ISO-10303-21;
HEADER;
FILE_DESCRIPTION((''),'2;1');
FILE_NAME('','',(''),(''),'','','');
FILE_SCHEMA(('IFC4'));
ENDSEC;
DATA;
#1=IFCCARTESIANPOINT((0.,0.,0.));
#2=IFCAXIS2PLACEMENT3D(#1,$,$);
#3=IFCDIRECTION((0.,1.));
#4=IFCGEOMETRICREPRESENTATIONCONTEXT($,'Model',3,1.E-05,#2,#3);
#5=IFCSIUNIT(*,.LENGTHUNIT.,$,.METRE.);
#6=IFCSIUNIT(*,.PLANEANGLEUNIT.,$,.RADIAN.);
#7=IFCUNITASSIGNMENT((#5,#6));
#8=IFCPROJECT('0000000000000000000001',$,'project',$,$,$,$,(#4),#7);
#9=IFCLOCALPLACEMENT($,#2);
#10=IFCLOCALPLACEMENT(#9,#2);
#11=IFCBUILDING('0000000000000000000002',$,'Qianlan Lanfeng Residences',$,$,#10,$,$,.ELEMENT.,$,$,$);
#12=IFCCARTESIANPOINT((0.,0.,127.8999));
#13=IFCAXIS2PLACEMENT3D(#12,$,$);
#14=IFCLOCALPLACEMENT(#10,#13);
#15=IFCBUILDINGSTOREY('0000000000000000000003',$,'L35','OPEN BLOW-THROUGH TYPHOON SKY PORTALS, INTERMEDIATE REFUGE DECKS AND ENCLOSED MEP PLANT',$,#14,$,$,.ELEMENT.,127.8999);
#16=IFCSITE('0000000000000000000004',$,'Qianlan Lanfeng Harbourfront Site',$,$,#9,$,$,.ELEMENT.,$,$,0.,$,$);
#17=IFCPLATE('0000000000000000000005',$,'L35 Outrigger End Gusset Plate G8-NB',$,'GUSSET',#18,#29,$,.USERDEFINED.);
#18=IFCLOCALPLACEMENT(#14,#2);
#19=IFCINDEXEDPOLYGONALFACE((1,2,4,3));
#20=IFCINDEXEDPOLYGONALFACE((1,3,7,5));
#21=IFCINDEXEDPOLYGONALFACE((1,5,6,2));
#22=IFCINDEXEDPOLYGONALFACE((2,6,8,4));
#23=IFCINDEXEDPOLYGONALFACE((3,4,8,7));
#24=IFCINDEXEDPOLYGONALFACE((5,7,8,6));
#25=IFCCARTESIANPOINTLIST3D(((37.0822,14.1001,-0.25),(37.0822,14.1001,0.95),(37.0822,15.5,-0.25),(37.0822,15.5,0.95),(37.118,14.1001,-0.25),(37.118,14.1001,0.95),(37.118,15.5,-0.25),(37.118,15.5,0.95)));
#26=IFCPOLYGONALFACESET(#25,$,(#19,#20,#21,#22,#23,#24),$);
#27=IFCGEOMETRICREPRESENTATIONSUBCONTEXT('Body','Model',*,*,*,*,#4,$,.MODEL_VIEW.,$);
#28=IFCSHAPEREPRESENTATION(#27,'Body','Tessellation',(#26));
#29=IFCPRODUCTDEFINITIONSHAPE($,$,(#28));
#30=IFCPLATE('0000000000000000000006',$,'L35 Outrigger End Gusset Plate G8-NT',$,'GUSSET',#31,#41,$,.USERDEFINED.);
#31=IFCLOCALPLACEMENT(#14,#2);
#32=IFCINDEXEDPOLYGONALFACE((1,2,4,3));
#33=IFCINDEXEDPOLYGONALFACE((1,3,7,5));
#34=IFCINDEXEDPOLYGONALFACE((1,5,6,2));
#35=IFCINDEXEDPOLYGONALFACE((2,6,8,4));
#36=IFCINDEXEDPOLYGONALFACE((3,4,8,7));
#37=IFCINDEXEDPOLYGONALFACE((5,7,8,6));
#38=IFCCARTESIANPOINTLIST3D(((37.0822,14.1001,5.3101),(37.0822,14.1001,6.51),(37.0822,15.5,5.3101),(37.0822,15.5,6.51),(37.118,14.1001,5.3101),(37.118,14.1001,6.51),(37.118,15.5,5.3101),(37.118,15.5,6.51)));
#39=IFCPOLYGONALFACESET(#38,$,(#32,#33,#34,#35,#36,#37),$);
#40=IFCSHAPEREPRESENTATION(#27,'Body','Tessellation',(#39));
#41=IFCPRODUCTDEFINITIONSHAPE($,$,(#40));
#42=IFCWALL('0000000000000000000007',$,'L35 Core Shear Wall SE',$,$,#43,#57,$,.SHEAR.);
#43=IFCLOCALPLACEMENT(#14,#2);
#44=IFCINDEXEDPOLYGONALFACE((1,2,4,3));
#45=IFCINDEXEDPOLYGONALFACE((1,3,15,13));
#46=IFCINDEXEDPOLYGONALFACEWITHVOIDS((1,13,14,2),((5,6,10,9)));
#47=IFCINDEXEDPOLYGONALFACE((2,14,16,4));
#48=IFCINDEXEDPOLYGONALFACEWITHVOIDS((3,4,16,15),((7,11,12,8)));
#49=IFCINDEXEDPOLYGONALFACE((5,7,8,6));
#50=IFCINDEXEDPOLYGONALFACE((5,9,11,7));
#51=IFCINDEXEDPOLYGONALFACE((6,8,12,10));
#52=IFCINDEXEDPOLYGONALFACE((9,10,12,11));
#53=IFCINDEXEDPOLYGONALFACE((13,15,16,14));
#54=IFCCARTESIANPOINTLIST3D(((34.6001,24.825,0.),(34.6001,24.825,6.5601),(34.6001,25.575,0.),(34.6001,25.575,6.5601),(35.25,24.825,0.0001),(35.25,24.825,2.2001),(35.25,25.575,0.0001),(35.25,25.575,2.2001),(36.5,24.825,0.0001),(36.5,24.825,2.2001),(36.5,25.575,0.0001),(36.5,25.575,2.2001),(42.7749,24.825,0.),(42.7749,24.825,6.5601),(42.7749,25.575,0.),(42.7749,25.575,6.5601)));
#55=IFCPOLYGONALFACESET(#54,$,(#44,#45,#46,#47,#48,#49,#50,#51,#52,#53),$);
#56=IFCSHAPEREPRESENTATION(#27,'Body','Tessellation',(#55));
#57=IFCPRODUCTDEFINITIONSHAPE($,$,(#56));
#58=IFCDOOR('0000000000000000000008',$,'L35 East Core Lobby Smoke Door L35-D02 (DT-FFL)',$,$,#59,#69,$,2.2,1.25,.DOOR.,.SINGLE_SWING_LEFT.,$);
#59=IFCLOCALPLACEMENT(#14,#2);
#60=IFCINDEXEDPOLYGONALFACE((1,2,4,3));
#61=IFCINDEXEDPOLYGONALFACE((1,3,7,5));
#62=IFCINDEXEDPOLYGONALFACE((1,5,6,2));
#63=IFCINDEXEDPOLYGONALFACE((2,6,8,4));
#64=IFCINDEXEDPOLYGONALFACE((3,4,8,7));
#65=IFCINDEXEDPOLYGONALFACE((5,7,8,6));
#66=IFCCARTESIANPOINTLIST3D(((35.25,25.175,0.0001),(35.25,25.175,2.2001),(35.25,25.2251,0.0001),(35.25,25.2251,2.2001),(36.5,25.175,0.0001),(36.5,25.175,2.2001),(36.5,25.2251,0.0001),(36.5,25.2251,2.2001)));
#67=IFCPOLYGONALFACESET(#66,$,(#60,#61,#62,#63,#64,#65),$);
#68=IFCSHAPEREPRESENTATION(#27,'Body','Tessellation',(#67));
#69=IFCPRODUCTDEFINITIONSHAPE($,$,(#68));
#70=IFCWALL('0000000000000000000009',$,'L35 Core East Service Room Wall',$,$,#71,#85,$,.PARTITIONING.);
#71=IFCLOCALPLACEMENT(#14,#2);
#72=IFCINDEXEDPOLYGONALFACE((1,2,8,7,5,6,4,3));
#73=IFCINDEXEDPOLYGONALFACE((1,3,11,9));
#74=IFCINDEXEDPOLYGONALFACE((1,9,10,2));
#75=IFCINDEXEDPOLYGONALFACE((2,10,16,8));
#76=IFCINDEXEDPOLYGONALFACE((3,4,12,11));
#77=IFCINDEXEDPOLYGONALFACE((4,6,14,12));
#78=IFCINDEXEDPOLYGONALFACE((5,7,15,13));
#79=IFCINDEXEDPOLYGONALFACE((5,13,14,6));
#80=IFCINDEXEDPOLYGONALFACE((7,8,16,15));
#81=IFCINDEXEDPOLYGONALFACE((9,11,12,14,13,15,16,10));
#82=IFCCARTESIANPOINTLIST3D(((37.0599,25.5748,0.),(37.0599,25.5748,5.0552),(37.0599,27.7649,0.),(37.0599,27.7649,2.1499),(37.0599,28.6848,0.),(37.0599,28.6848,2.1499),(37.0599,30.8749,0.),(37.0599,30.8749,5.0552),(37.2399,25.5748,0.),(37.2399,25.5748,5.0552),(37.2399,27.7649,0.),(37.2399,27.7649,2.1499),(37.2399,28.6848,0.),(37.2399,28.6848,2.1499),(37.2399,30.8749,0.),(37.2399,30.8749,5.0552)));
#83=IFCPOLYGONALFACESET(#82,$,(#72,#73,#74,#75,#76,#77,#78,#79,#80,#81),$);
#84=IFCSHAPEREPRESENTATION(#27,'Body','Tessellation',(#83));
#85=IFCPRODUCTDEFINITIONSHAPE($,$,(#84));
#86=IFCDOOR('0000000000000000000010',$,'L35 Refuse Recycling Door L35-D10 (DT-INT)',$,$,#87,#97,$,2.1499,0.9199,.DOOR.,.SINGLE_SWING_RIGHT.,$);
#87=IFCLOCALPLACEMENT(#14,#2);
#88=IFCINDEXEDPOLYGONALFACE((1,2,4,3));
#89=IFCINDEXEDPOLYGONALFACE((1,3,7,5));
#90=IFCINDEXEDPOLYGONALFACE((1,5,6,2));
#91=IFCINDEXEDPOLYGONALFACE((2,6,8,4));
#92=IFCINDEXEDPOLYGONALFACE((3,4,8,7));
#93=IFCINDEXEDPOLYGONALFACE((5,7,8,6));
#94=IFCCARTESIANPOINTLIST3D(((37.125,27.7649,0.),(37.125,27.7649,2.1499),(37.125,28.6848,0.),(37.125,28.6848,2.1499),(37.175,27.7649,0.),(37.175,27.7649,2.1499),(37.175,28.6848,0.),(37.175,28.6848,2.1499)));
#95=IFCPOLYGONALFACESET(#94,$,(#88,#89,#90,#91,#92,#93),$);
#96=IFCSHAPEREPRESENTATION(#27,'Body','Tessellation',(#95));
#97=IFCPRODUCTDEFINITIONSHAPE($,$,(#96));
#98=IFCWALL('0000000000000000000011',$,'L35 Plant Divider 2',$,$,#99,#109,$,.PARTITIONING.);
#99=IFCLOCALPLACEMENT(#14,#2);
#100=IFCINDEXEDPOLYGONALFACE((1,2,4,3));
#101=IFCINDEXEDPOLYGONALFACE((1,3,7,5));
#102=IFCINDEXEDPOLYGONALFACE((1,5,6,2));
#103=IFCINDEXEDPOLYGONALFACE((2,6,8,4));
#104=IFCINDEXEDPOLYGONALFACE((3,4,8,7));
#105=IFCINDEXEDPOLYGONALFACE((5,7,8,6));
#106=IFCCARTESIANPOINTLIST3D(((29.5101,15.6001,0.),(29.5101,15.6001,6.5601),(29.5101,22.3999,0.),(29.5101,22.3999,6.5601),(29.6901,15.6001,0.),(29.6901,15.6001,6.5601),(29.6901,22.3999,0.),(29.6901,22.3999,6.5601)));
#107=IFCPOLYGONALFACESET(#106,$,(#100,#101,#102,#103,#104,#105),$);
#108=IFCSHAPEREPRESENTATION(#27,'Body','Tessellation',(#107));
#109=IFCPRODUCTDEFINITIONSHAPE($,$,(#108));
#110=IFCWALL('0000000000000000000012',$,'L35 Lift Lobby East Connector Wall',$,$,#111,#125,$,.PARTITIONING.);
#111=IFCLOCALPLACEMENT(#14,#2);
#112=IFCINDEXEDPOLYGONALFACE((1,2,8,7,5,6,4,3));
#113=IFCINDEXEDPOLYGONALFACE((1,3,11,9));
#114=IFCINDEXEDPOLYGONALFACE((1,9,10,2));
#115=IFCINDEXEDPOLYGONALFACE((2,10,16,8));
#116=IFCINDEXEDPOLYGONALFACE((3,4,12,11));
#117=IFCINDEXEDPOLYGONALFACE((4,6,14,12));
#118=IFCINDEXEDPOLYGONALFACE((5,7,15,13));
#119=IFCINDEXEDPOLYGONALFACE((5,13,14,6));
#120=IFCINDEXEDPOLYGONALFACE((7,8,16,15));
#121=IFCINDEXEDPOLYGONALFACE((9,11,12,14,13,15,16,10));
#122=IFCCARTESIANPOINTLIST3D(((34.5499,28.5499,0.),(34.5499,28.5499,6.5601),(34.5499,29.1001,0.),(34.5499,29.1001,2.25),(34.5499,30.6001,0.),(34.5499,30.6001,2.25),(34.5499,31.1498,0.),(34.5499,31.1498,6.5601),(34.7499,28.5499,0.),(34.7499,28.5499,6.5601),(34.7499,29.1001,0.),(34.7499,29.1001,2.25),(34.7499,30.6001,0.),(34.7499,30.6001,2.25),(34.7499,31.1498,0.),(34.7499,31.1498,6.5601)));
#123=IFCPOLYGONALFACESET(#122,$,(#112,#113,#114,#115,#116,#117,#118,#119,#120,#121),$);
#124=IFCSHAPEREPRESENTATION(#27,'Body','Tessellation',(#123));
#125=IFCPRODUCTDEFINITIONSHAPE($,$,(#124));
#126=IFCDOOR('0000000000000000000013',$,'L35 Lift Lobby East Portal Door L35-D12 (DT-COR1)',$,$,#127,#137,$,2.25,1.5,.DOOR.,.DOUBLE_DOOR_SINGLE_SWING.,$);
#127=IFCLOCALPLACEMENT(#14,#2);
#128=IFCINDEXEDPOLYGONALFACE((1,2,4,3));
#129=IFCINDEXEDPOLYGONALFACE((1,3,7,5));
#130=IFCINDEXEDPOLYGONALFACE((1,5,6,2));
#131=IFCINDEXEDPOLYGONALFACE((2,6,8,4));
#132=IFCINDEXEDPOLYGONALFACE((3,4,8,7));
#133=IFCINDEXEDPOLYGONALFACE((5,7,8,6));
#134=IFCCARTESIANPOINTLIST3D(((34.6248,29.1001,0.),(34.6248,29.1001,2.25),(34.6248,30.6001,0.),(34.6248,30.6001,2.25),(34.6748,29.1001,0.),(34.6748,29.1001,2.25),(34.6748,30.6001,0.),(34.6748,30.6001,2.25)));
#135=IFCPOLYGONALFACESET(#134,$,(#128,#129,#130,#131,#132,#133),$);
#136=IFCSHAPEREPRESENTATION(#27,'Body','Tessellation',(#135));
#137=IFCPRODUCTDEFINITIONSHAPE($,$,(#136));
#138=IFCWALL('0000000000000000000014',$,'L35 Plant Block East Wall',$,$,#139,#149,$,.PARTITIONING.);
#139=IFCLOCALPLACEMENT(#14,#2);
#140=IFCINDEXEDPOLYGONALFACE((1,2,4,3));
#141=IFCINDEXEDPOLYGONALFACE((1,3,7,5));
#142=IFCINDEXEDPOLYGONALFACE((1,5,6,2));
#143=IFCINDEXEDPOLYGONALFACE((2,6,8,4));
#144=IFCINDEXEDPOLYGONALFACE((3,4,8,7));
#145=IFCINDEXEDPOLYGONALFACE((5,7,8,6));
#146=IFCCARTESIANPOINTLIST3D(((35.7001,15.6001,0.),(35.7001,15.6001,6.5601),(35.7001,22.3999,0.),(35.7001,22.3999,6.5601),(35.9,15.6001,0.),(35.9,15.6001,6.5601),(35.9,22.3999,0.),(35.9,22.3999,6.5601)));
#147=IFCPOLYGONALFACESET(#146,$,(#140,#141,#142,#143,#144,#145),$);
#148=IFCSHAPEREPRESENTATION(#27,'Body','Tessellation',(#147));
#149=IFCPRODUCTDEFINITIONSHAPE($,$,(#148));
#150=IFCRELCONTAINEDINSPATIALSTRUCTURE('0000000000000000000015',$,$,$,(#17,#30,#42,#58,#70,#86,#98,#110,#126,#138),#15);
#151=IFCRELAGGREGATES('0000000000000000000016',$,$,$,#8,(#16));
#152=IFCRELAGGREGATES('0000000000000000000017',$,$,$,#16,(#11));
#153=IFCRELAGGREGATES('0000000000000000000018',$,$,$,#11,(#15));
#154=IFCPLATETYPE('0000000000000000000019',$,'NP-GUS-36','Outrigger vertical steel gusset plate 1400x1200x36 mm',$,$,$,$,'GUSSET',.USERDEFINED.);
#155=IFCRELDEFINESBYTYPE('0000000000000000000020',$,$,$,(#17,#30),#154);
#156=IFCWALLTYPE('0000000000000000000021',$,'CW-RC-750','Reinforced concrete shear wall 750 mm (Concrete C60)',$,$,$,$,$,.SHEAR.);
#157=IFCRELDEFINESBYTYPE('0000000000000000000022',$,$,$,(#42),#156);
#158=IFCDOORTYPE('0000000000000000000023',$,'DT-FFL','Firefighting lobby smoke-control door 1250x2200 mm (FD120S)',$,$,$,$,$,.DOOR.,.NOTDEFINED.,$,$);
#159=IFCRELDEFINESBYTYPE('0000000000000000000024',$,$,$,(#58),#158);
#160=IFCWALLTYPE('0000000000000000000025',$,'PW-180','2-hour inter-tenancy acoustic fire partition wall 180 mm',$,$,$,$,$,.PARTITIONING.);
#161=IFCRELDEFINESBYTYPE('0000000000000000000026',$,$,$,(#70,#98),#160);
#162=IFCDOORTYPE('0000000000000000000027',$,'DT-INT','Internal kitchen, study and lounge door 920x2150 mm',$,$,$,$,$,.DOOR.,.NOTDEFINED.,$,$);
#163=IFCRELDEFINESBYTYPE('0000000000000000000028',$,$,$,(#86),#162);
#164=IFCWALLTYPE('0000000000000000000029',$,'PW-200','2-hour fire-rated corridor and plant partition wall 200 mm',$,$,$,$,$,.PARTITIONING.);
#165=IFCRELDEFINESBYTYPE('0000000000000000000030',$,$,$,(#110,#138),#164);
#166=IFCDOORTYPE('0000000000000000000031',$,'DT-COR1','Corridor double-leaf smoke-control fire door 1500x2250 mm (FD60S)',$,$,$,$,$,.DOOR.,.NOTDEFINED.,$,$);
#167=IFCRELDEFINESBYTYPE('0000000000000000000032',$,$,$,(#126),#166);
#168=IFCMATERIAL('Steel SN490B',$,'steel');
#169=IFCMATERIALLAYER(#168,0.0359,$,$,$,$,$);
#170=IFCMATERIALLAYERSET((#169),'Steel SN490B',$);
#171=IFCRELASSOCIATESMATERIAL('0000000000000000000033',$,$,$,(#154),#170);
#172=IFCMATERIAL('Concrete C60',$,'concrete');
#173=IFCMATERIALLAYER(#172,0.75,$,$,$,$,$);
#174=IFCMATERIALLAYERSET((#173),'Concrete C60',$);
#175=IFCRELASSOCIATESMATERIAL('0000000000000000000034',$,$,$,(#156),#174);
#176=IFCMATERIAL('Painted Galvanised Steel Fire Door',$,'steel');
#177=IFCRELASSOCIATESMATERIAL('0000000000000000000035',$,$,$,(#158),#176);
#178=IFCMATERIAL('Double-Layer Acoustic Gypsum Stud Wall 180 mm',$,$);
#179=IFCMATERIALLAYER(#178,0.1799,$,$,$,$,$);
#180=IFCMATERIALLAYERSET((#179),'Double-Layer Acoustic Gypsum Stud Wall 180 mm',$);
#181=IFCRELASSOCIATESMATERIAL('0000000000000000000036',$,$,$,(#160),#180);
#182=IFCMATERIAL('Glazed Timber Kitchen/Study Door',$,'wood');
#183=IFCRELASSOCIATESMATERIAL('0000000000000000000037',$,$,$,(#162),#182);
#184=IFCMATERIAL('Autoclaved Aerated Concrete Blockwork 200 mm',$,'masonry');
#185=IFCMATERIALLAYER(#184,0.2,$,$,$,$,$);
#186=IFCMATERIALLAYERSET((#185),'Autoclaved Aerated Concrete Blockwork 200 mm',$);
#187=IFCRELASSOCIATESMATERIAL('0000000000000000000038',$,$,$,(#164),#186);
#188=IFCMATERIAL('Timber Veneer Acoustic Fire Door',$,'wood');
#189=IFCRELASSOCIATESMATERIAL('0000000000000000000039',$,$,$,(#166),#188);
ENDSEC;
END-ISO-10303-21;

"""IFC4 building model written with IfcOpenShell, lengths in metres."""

from ifc_helpers import new_model, si_unit, direction, frame, frame_2d, origin, origin_2d, place, context, subcontext, project, spatial, rectangle, extrude, source, transform, mapped, material, layer, layer_set, type_object, element, fill, save


model = new_model("IFC4")

# Units and contexts
model_context = context("Model", 3, precision=1e-05, world=origin(), true_north=direction((0.0, 1.0)))
body_context = subcontext(model_context, "Body", "Model", "MODEL_VIEW")
ifc_project = project(units=[si_unit("LENGTHUNIT", "METRE"), si_unit("PLANEANGLEUNIT", "RADIAN")], contexts=[model_context])

# Site, building, storey
site_placement = place(None, origin())
site = spatial("IfcSite", under=ifc_project, at=site_placement, Name="Qianlan Lanfeng Harbourfront Site", CompositionType="ELEMENT", RefElevation=0.0)
building_placement = place(site_placement, origin())
building = spatial("IfcBuilding", under=site, at=building_placement, Name="Qianlan Lanfeng Residences", CompositionType="ELEMENT")
storey_placement = place(building_placement, frame((0.0, 0.0, 127.8999)))
storey = spatial("IfcBuildingStorey", under=building, at=storey_placement, Name="L35", Description="OPEN BLOW-THROUGH TYPHOON SKY PORTALS, INTERMEDIATE REFUGE DECKS AND ENCLOSED MEP PLANT", CompositionType="ELEMENT", Elevation=127.8999)

# Shared definitions
ifc_material_1 = material(Name="Steel SN490B", Category="steel")

# Plates
ifc_layer_1 = layer(ifc_material_1, 0.0359)
ifc_layer_set_1 = layer_set([ifc_layer_1], Name="Steel SN490B")
plate_type_1 = type_object("IfcPlateType", Name="NP-GUS-36", Description="Outrigger vertical steel gusset plate 1400x1200x36 mm", ElementType="GUSSET", PredefinedType="USERDEFINED", material=ifc_layer_set_1)
shared_shape_1 = source(origin(), body_context, "Body", "SweptSolid", [
    extrude(rectangle(XDim=0.0359, YDim=1.3999, at=origin_2d()), origin(), (0.0, 0.0, 1.0), 1.2),
])
for number, where, z_axis, x_axis, name in (
    (1, (37.1001, 14.8, -0.25), (0.0, 0.0, 1.0), (1.0, 0.0, 0.0), "L35 Outrigger End Gusset Plate G8-NB"),
    (2, (37.1001, 14.8, 5.3101), (0.0, 0.0, 1.0), (1.0, 0.0, 0.0), "L35 Outrigger End Gusset Plate G8-NT"),
):
    element("IfcPlate", number, at=place(storey_placement, frame(where, z_axis=z_axis, x_axis=x_axis)), inside=storey, type_object=plate_type_1, Name=name, ObjectType="GUSSET", PredefinedType="USERDEFINED", context=body_context, shape_type="MappedRepresentation", body=[
        mapped(shared_shape_1, transform((0.0, 0.0, 0.0), scale=1.0)),
    ])

# Walls, openings, doors
ifc_material_2 = material(Name="Concrete C60", Category="concrete")
ifc_layer_2 = layer(ifc_material_2, 0.75)
ifc_layer_set_2 = layer_set([ifc_layer_2], Name="Concrete C60")
wall_type_1 = type_object("IfcWallType", Name="CW-RC-750", Description="Reinforced concrete shear wall 750 mm (Concrete C60)", PredefinedType="SHEAR", material=ifc_layer_set_2)
wall_1_placement = place(storey_placement, frame((34.6001, 25.2, 0.0), z_axis=(0.0, 0.0, 1.0), x_axis=(1.0, 0.0, 0.0)))
wall_1 = element("IfcWall", 3, at=wall_1_placement, inside=storey, type_object=wall_type_1, Name="L35 Core Shear Wall SE", PredefinedType="SHEAR", context=body_context, shape_type="SweptSolid", body=[
    extrude(rectangle(XDim=8.1748, YDim=0.75, at=frame_2d((4.0874, 0.0))), origin(), (0.0, 0.0, 1.0), 6.5601),
])
opening_1_placement = place(wall_1_placement, frame((0.6499, 0.0, 0.0)))
opening_1 = element("IfcOpeningElement", 4, at=opening_1_placement, cuts=wall_1, PredefinedType="OPENING", context=body_context, shape_type="SweptSolid", body=[
    extrude(rectangle(XDim=1.25, YDim=2.2, at=frame_2d((0.625, 1.1001))), frame((0.0, 0.385, 0.0), z_axis=(0.0, -1.0, 0.0), x_axis=(1.0, 0.0, 0.0)), (0.0, 0.0, 1.0), 0.77),
])
ifc_material_3 = material(Name="Painted Galvanised Steel Fire Door", Category="steel")
door_type_1 = type_object("IfcDoorType", Name="DT-FFL", Description="Firefighting lobby smoke-control door 1250x2200 mm (FD120S)", OperationType="NOTDEFINED", PredefinedType="DOOR", material=ifc_material_3)
door_1_placement = place(opening_1_placement, frame((1.25, 0.0, 0.0), z_axis=(0.0, 0.0, 1.0), x_axis=(-1.0, 0.0, 0.0)))
door_1 = element("IfcDoor", 5, at=door_1_placement, inside=storey, type_object=door_type_1, Name="L35 East Core Lobby Smoke Door L35-D02 (DT-FFL)", OperationType="SINGLE_SWING_LEFT", OverallHeight=2.2, OverallWidth=1.25, PredefinedType="DOOR", context=body_context, shape_type="SweptSolid", body=[
    extrude(rectangle(XDim=1.25, YDim=2.2, at=frame_2d((0.625, 1.1001))), frame((0.0, 0.0249, 0.0), z_axis=(0.0, -1.0, 0.0), x_axis=(1.0, 0.0, 0.0)), (0.0, 0.0, 1.0), 0.05),
])
fill(opening_1, door_1)
ifc_material_4 = material(Name="Double-Layer Acoustic Gypsum Stud Wall 180 mm")
ifc_layer_3 = layer(ifc_material_4, 0.1799)
ifc_layer_set_3 = layer_set([ifc_layer_3], Name="Double-Layer Acoustic Gypsum Stud Wall 180 mm")
wall_type_2 = type_object("IfcWallType", Name="PW-180", Description="2-hour inter-tenancy acoustic fire partition wall 180 mm", PredefinedType="PARTITIONING", material=ifc_layer_set_3)
wall_2_placement = place(storey_placement, frame((37.1499, 25.575, 0.0), z_axis=(0.0, 0.0, 1.0), x_axis=(0.0, 1.0, 0.0)))
wall_2 = element("IfcWall", 6, at=wall_2_placement, inside=storey, type_object=wall_type_2, Name="L35 Core East Service Room Wall", PredefinedType="PARTITIONING", context=body_context, shape_type="SweptSolid", body=[
    extrude(rectangle(XDim=5.3, YDim=0.1799, at=frame_2d((2.6499, 0.0))), origin(), (0.0, 0.0, 1.0), 5.0552),
])
opening_2_placement = place(wall_2_placement, frame((2.1899, 0.0, 0.0)))
opening_2 = element("IfcOpeningElement", 7, at=opening_2_placement, cuts=wall_2, PredefinedType="OPENING", context=body_context, shape_type="SweptSolid", body=[
    extrude(rectangle(XDim=0.9199, YDim=2.1499, at=frame_2d((0.46, 1.075))), frame((0.0, 0.1001, 0.0), z_axis=(0.0, -1.0, 0.0), x_axis=(1.0, 0.0, 0.0)), (0.0, 0.0, 1.0), 0.2),
])
ifc_material_5 = material(Name="Glazed Timber Kitchen/Study Door", Category="wood")
door_type_2 = type_object("IfcDoorType", Name="DT-INT", Description="Internal kitchen, study and lounge door 920x2150 mm", OperationType="NOTDEFINED", PredefinedType="DOOR", material=ifc_material_5)
door_2_placement = place(opening_2_placement, origin())
door_2 = element("IfcDoor", 8, at=door_2_placement, inside=storey, type_object=door_type_2, Name="L35 Refuse Recycling Door L35-D10 (DT-INT)", OperationType="SINGLE_SWING_RIGHT", OverallHeight=2.1499, OverallWidth=0.9199, PredefinedType="DOOR", context=body_context, shape_type="SweptSolid", body=[
    extrude(rectangle(XDim=0.9199, YDim=2.1499, at=frame_2d((0.46, 1.075))), frame((0.0, 0.0249, 0.0), z_axis=(0.0, -1.0, 0.0), x_axis=(1.0, 0.0, 0.0)), (0.0, 0.0, 1.0), 0.05),
])
fill(opening_2, door_2)

# Wall
wall_3_placement = place(storey_placement, frame((29.6001, 15.6001, 0.0), z_axis=(0.0, 0.0, 1.0), x_axis=(0.0, 1.0, 0.0)))
element("IfcWall", 9, at=wall_3_placement, inside=storey, type_object=wall_type_2, Name="L35 Plant Divider 2", PredefinedType="PARTITIONING", context=body_context, shape_type="SweptSolid", body=[
    extrude(rectangle(XDim=6.7998, YDim=0.1799, at=frame_2d((3.3999, 0.0))), origin(), (0.0, 0.0, 1.0), 6.5601),
])

# Wall, opening, door
ifc_material_6 = material(Name="Autoclaved Aerated Concrete Blockwork 200 mm", Category="masonry")
ifc_layer_4 = layer(ifc_material_6, 0.2)
ifc_layer_set_4 = layer_set([ifc_layer_4], Name="Autoclaved Aerated Concrete Blockwork 200 mm")
wall_type_3 = type_object("IfcWallType", Name="PW-200", Description="2-hour fire-rated corridor and plant partition wall 200 mm", PredefinedType="PARTITIONING", material=ifc_layer_set_4)
wall_4_placement = place(storey_placement, frame((34.6499, 28.55, 0.0), z_axis=(0.0, 0.0, 1.0), x_axis=(0.0, 1.0, 0.0)))
wall_4 = element("IfcWall", 10, at=wall_4_placement, inside=storey, type_object=wall_type_3, Name="L35 Lift Lobby East Connector Wall", PredefinedType="PARTITIONING", context=body_context, shape_type="SweptSolid", body=[
    extrude(rectangle(XDim=2.5999, YDim=0.2, at=frame_2d((1.2998, 0.0))), origin(), (0.0, 0.0, 1.0), 6.5601),
])
opening_3_placement = place(wall_4_placement, frame((0.55, 0.0, 0.0)))
opening_3 = element("IfcOpeningElement", 11, at=opening_3_placement, cuts=wall_4, PredefinedType="OPENING", context=body_context, shape_type="SweptSolid", body=[
    extrude(rectangle(XDim=1.5, YDim=2.25, at=frame_2d((0.75, 1.125))), frame((0.0, 0.1099, 0.0), z_axis=(0.0, -1.0, 0.0), x_axis=(1.0, 0.0, 0.0)), (0.0, 0.0, 1.0), 0.22),
])
ifc_material_7 = material(Name="Timber Veneer Acoustic Fire Door", Category="wood")
door_type_3 = type_object("IfcDoorType", Name="DT-COR1", Description="Corridor double-leaf smoke-control fire door 1500x2250 mm (FD60S)", OperationType="NOTDEFINED", PredefinedType="DOOR", material=ifc_material_7)
door_3_placement = place(opening_3_placement, frame((1.5, 0.0, 0.0), z_axis=(0.0, 0.0, 1.0), x_axis=(-1.0, 0.0, 0.0)))
door_3 = element("IfcDoor", 12, at=door_3_placement, inside=storey, type_object=door_type_3, Name="L35 Lift Lobby East Portal Door L35-D12 (DT-COR1)", OperationType="DOUBLE_DOOR_SINGLE_SWING", OverallHeight=2.25, OverallWidth=1.5, PredefinedType="DOOR", context=body_context, shape_type="SweptSolid", body=[
    extrude(rectangle(XDim=1.5, YDim=2.25, at=frame_2d((0.75, 1.125))), frame((0.0, 0.0249, 0.0), z_axis=(0.0, -1.0, 0.0), x_axis=(1.0, 0.0, 0.0)), (0.0, 0.0, 1.0), 0.05),
])
fill(opening_3, door_3)

# Wall
wall_5_placement = place(storey_placement, frame((35.8, 15.6001, 0.0), z_axis=(0.0, 0.0, 1.0), x_axis=(0.0, 1.0, 0.0)))
element("IfcWall", 13, at=wall_5_placement, inside=storey, type_object=wall_type_3, Name="L35 Plant Block East Wall", PredefinedType="PARTITIONING", context=body_context, shape_type="SweptSolid", body=[
    extrude(rectangle(XDim=6.7998, YDim=0.2, at=frame_2d((3.3999, 0.0))), origin(), (0.0, 0.0, 1.0), 6.5601),
])

save(model, "model.ifc")
